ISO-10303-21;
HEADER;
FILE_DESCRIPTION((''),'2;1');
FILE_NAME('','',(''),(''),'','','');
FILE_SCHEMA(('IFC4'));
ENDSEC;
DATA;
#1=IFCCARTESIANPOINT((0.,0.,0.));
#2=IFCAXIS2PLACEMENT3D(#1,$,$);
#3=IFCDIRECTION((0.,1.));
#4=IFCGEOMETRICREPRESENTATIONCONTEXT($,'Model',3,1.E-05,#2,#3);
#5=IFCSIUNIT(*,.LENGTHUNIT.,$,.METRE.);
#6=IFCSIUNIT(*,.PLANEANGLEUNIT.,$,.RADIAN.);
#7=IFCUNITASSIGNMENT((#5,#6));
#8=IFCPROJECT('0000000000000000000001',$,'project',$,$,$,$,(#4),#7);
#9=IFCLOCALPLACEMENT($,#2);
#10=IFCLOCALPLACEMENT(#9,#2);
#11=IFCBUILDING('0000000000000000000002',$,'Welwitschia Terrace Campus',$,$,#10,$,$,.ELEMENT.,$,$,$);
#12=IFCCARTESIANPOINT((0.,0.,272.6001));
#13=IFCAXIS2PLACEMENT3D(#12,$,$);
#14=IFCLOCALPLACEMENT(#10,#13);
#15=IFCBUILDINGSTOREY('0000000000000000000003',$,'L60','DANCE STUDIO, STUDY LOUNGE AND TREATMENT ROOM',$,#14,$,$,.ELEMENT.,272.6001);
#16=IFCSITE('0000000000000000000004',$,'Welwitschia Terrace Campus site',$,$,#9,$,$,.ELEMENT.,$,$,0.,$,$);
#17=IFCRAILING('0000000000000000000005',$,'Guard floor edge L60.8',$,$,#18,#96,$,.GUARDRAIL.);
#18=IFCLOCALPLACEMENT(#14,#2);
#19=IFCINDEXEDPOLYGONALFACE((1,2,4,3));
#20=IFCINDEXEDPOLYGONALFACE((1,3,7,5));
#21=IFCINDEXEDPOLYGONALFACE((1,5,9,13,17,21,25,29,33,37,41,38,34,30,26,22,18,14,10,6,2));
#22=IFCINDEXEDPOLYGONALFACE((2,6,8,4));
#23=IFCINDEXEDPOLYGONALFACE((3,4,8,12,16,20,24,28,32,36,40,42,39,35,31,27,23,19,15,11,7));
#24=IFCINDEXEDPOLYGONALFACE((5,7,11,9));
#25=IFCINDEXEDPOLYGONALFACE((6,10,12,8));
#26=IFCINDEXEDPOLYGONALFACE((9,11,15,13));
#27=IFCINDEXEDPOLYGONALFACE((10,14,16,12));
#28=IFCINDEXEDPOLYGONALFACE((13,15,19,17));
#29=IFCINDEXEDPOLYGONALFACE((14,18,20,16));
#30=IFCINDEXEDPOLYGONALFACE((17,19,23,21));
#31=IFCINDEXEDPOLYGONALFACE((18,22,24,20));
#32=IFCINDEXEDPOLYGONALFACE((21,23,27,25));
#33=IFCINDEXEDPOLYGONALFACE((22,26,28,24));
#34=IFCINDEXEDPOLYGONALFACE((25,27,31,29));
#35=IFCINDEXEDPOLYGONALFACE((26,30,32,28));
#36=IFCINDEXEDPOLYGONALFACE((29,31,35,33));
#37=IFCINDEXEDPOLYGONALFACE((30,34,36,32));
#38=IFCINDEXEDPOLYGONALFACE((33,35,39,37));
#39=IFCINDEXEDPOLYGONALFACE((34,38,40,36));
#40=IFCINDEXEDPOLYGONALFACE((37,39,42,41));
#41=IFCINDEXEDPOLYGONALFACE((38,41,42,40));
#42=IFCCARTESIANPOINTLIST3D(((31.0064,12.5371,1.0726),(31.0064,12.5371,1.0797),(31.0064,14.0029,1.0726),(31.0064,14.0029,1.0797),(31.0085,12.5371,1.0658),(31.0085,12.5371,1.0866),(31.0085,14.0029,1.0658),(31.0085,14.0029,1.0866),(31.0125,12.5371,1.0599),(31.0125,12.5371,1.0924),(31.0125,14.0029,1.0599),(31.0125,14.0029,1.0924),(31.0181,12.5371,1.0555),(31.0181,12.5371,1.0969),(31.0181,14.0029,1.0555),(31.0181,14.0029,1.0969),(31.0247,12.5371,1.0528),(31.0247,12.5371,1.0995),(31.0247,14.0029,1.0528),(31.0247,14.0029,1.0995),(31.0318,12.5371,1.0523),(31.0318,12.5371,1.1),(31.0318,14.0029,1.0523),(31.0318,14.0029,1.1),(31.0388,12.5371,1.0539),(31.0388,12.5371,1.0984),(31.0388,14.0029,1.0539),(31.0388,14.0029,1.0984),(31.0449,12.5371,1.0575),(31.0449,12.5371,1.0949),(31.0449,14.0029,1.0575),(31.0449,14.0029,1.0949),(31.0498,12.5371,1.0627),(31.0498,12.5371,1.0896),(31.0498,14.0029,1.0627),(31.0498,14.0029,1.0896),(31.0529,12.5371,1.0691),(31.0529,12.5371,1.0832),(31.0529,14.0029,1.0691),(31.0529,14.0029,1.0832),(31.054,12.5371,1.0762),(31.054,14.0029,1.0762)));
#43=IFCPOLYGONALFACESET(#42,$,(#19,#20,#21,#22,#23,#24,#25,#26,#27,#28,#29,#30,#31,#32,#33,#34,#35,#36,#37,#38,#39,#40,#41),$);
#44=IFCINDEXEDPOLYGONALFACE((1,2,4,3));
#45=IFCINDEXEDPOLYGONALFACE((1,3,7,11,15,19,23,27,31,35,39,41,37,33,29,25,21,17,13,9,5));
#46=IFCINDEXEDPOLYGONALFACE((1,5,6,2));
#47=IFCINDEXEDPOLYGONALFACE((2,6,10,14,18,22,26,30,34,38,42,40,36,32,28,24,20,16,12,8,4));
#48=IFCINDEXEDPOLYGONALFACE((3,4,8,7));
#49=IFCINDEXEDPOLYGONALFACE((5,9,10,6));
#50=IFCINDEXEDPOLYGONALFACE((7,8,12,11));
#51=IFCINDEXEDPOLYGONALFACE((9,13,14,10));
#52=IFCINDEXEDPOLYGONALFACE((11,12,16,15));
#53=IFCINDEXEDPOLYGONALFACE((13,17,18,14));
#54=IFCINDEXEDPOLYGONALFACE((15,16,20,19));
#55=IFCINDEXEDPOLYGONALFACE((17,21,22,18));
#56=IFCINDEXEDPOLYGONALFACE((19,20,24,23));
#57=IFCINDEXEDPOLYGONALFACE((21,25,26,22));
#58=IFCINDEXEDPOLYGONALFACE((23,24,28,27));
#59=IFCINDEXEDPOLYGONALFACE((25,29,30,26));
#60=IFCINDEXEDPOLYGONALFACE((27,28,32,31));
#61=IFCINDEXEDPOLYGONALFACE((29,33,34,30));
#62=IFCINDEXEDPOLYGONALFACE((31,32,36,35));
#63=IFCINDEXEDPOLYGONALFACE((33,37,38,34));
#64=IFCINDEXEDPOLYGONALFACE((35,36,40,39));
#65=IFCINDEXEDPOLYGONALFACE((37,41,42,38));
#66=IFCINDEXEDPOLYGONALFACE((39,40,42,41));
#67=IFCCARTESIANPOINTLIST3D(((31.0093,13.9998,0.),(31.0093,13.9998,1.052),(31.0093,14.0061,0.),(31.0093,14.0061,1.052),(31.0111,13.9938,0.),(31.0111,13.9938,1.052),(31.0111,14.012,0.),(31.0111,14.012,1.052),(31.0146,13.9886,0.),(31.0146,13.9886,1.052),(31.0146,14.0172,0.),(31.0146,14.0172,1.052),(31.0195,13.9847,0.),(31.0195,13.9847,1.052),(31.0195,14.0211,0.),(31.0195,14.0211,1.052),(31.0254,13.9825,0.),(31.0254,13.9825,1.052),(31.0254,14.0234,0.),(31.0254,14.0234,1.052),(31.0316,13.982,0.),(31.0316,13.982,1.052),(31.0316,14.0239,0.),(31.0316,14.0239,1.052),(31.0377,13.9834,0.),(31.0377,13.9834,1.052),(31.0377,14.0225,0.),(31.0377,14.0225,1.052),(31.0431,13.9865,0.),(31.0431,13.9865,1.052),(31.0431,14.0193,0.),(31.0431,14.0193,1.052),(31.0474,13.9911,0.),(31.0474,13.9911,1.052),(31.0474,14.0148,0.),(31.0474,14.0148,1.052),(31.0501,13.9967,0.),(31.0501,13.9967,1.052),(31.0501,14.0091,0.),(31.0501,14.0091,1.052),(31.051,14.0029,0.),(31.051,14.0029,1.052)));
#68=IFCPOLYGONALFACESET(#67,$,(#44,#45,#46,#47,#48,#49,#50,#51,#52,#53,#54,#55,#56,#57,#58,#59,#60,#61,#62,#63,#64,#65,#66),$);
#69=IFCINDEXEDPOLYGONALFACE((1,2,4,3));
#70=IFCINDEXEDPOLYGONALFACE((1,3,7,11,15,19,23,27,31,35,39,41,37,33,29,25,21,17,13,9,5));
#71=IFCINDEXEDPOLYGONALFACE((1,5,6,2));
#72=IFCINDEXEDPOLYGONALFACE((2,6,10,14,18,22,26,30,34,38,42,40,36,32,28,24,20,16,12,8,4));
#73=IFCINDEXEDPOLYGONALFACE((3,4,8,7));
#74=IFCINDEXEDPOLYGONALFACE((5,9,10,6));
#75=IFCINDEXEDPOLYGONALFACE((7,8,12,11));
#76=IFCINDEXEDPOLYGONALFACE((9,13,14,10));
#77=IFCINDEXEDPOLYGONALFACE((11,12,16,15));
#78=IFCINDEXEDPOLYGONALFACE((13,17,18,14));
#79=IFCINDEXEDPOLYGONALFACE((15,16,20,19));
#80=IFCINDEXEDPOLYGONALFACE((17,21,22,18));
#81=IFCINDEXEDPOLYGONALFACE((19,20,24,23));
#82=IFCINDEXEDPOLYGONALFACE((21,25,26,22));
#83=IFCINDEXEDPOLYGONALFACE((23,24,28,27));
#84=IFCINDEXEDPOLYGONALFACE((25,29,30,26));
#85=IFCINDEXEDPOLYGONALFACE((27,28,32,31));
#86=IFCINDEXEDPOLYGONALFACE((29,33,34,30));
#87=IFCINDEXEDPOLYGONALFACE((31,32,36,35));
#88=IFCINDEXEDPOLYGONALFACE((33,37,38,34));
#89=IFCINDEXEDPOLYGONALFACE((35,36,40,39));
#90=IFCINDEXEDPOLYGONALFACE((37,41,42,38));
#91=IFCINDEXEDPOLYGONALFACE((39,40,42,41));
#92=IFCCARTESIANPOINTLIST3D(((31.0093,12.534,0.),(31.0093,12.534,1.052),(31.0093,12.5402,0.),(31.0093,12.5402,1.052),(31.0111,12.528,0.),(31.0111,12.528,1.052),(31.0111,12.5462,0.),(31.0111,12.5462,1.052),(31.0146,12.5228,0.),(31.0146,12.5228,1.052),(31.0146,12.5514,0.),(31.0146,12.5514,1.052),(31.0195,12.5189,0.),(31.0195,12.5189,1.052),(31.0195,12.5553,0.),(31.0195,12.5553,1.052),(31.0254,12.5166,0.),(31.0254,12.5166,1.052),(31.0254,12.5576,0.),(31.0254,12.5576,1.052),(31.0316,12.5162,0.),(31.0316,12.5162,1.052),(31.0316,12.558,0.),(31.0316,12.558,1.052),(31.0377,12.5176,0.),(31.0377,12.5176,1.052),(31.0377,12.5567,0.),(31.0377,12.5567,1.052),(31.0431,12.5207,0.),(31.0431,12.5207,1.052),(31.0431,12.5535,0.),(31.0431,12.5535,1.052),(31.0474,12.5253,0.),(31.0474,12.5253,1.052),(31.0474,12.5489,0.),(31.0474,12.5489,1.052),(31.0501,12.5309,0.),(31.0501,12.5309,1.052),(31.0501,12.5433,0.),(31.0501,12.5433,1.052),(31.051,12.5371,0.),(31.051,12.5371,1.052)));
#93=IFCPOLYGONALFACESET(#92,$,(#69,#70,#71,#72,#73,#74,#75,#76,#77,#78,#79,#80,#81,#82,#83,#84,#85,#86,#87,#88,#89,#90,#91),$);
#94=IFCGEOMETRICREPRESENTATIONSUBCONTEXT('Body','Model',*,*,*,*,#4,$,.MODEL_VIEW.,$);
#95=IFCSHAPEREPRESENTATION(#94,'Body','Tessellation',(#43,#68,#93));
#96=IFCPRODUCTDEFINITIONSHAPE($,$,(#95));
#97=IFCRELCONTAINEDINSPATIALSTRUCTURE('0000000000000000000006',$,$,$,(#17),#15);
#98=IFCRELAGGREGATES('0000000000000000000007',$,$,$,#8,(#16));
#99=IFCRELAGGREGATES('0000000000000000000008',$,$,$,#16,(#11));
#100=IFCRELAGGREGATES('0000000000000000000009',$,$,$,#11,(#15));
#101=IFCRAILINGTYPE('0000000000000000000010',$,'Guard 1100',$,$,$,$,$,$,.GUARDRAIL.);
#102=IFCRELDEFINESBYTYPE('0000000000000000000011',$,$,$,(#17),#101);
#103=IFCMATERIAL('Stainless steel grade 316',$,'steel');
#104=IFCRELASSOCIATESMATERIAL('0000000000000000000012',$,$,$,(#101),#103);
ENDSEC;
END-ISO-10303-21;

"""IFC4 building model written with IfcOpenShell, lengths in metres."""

from ifc_helpers import new_model, si_unit, direction, frame, origin, origin_2d, place, context, subcontext, project, spatial, circle, extrude, material, type_object, element, save


model = new_model("IFC4")

# Units and contexts
model_context = context("Model", 3, precision=1e-05, world=origin(), true_north=direction((0.0, 1.0)))
body_context = subcontext(model_context, "Body", "Model", "MODEL_VIEW")
ifc_project = project(units=[si_unit("LENGTHUNIT", "METRE"), si_unit("PLANEANGLEUNIT", "RADIAN")], contexts=[model_context])

# Site, building, storey
site_placement = place(None, origin())
site = spatial("IfcSite", under=ifc_project, at=site_placement, Name="Welwitschia Terrace Campus site", CompositionType="ELEMENT", RefElevation=0.0)
building_placement = place(site_placement, origin())
building = spatial("IfcBuilding", under=site, at=building_placement, Name="Welwitschia Terrace Campus", CompositionType="ELEMENT")
storey_placement = place(building_placement, frame((0.0, 0.0, 272.6001)))
storey = spatial("IfcBuildingStorey", under=building, at=storey_placement, Name="L60", Description="DANCE STUDIO, STUDY LOUNGE AND TREATMENT ROOM", CompositionType="ELEMENT", Elevation=272.6001)

# Railing
ifc_material_1 = material(Name="Stainless steel grade 316", Category="steel")
railing_type = type_object("IfcRailingType", Name="Guard 1100", PredefinedType="GUARDRAIL", material=ifc_material_1)
railing_1_placement = place(storey_placement, frame((31.03, 14.0029, 0.0)))
element("IfcRailing", 1, at=railing_1_placement, inside=storey, type_object=railing_type, Name="Guard floor edge L60.8", PredefinedType="GUARDRAIL", context=body_context, shape_type="SweptSolid", body=[
    extrude(circle(Radius=0.0239, at=origin_2d()), frame((0.0, 0.0, 1.0762), z_axis=(0.0, -1.0, 0.0), x_axis=(1.0, 0.0, 0.0)), (0.0, 0.0, 1.0), 1.4658),
    extrude(circle(Radius=0.021, at=origin_2d()), origin(), (0.0, 0.0, 1.0), 1.052),
    extrude(circle(Radius=0.021, at=origin_2d()), frame((0.0, -1.4658, 0.0)), (0.0, 0.0, 1.0), 1.052),
])

save(model, "model.ifc")
